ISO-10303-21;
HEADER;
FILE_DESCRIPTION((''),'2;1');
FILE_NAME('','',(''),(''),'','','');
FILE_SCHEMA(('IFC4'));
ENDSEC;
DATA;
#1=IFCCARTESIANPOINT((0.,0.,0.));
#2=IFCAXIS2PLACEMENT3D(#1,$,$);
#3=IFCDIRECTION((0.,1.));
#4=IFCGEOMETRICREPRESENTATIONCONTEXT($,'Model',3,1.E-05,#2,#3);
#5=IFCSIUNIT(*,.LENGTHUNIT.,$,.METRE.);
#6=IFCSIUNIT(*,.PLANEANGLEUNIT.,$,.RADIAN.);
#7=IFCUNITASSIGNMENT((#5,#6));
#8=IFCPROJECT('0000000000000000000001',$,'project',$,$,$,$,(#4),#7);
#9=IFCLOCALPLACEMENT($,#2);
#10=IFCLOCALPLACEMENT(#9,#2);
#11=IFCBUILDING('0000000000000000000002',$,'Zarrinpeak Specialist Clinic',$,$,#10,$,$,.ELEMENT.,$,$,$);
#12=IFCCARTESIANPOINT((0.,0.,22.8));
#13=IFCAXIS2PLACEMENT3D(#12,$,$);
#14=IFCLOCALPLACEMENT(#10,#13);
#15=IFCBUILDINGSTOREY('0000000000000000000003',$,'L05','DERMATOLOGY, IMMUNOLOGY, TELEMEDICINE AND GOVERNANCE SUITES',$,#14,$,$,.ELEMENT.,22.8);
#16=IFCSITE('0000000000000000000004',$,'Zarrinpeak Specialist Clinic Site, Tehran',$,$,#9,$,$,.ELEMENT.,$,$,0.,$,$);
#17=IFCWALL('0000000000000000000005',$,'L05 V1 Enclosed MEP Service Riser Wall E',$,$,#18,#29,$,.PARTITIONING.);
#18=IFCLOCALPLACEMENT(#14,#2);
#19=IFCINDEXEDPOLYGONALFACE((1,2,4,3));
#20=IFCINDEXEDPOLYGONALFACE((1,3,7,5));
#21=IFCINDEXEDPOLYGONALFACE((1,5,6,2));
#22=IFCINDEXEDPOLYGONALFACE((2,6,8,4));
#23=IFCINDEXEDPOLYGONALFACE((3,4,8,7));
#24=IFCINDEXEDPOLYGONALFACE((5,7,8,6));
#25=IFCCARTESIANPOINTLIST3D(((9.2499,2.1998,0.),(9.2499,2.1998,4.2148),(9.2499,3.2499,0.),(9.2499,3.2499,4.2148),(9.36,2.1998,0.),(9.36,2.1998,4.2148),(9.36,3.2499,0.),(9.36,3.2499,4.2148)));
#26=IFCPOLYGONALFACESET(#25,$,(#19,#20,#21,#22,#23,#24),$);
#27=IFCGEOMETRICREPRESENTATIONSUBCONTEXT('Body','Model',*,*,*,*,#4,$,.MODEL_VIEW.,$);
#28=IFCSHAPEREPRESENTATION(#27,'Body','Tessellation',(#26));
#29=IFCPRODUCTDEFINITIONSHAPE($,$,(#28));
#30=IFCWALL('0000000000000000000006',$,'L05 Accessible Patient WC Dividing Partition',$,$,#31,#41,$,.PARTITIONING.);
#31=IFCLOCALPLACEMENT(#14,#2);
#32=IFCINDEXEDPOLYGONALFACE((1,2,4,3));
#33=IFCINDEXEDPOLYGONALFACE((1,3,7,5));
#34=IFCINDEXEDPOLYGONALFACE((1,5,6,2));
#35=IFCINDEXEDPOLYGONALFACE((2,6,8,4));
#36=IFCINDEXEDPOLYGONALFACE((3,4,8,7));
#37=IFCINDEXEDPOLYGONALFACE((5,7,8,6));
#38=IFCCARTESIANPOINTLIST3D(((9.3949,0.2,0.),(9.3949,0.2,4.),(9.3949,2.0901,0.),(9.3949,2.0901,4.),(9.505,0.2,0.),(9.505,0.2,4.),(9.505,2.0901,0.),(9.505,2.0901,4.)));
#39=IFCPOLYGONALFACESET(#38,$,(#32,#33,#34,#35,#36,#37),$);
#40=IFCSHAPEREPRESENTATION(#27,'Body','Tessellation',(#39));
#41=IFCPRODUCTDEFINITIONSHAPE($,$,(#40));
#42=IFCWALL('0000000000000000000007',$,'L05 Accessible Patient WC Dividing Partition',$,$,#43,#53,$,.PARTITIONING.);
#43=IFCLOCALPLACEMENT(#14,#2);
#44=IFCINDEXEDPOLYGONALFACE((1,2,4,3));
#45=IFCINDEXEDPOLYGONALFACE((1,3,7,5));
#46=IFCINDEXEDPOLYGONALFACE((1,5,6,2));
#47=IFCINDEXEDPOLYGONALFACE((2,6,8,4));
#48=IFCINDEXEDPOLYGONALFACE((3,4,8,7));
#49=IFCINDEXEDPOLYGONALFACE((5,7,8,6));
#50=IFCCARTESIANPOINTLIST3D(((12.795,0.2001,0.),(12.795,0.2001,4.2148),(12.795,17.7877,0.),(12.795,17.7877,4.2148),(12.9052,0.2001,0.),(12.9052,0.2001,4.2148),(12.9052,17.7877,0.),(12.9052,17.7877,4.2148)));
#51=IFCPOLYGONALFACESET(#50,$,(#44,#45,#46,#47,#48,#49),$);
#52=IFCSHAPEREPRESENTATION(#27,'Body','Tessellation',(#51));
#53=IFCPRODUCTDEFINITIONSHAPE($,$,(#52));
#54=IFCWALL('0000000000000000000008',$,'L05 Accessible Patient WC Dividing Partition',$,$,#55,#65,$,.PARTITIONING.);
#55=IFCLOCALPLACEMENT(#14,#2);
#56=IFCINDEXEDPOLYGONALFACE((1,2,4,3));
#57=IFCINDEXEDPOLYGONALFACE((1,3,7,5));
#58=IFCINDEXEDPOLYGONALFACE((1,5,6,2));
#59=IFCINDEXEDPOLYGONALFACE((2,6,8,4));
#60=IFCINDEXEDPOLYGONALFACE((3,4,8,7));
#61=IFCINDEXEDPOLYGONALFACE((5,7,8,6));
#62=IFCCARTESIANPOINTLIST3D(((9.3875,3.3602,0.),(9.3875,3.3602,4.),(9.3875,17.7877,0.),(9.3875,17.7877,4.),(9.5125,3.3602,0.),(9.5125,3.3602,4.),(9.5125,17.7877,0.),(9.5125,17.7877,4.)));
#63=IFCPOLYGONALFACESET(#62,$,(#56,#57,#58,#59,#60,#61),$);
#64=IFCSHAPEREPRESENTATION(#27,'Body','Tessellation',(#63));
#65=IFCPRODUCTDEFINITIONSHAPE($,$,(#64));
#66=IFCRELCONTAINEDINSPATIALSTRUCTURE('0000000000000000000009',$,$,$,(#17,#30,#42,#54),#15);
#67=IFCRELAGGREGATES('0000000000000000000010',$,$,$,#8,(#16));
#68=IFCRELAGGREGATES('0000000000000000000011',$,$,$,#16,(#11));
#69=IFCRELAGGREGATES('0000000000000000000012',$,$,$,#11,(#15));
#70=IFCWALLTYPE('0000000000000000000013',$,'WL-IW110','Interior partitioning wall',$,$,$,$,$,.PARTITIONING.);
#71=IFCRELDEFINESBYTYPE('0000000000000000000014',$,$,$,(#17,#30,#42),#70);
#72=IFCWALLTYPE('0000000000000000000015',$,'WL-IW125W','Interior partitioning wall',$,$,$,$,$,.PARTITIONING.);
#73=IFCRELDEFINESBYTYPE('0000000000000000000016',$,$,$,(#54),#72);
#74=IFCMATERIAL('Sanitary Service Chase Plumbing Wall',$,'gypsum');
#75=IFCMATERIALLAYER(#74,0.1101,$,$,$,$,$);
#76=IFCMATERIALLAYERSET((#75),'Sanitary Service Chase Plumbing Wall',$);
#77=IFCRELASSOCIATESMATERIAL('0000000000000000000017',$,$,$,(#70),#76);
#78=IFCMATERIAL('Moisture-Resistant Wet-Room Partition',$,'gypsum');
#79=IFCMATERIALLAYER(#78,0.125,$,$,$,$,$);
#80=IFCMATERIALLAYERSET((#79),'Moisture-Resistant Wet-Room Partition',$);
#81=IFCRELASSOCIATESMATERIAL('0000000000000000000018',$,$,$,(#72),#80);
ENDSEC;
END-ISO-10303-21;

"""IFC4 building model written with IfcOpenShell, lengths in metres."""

from ifc_helpers import new_model, si_unit, direction, frame, frame_2d, origin, place, context, subcontext, project, spatial, rectangle, extrude, material, layer, layer_set, type_object, element, save


model = new_model("IFC4")

# Units and contexts
model_context = context("Model", 3, precision=1e-05, world=origin(), true_north=direction((0.0, 1.0)))
body_context = subcontext(model_context, "Body", "Model", "MODEL_VIEW")
ifc_project = project(units=[si_unit("LENGTHUNIT", "METRE"), si_unit("PLANEANGLEUNIT", "RADIAN")], contexts=[model_context])

# Site, building, storey
site_placement = place(None, origin())
site = spatial("IfcSite", under=ifc_project, at=site_placement, Name="Zarrinpeak Specialist Clinic Site, Tehran", CompositionType="ELEMENT", RefElevation=0.0)
building_placement = place(site_placement, origin())
building = spatial("IfcBuilding", under=site, at=building_placement, Name="Zarrinpeak Specialist Clinic", CompositionType="ELEMENT")
storey_placement = place(building_placement, frame((0.0, 0.0, 22.8)))
storey = spatial("IfcBuildingStorey", under=building, at=storey_placement, Name="L05", Description="DERMATOLOGY, IMMUNOLOGY, TELEMEDICINE AND GOVERNANCE SUITES", CompositionType="ELEMENT", Elevation=22.8)

# Walls
ifc_material_1 = material(Name="Sanitary Service Chase Plumbing Wall", Category="gypsum")
ifc_layer_1 = layer(ifc_material_1, 0.1101)
ifc_layer_set_1 = layer_set([ifc_layer_1], Name="Sanitary Service Chase Plumbing Wall")
wall_type_1 = type_object("IfcWallType", Name="WL-IW110", Description="Interior partitioning wall", PredefinedType="PARTITIONING", material=ifc_layer_set_1)
for number, where, z_axis, x_axis, name in (
    (1, (9.3049, 2.2, 0.0), (0.0, 0.0, 1.0), (0.0, 1.0, 0.0), "L05 V1 Enclosed MEP Service Riser Wall E"),
):
    element("IfcWall", number, at=place(storey_placement, frame(where, z_axis=z_axis, x_axis=x_axis)), inside=storey, type_object=wall_type_1, Name=name, PredefinedType="PARTITIONING", context=body_context, shape_type="SweptSolid", body=[
        extrude(rectangle(XDim=1.05, YDim=0.1101, at=frame_2d((0.5249, 0.0))), origin(), (0.0, 0.0, 1.0), 4.2148),
    ])
wall_1_placement = place(storey_placement, frame((9.45, 0.2, 0.0), z_axis=(0.0, 0.0, 1.0), x_axis=(0.0, 1.0, 0.0)))
element("IfcWall", 2, at=wall_1_placement, inside=storey, type_object=wall_type_1, Name="L05 Accessible Patient WC Dividing Partition", PredefinedType="PARTITIONING", context=body_context, shape_type="SweptSolid", body=[
    extrude(rectangle(XDim=1.8901, YDim=0.1101, at=frame_2d((0.9451, 0.0))), origin(), (0.0, 0.0, 1.0), 4.0),
])
wall_2_placement = place(storey_placement, frame((12.8501, 0.2, 0.0), z_axis=(0.0, 0.0, 1.0), x_axis=(0.0, 1.0, 0.0)))
element("IfcWall", 3, at=wall_2_placement, inside=storey, type_object=wall_type_1, Name="L05 Accessible Patient WC Dividing Partition", PredefinedType="PARTITIONING", context=body_context, shape_type="SweptSolid", body=[
    extrude(rectangle(XDim=17.5876, YDim=0.1101, at=frame_2d((8.7939, 0.0))), origin(), (0.0, 0.0, 1.0), 4.2148),
])
ifc_material_2 = material(Name="Moisture-Resistant Wet-Room Partition", Category="gypsum")
ifc_layer_2 = layer(ifc_material_2, 0.125)
ifc_layer_set_2 = layer_set([ifc_layer_2], Name="Moisture-Resistant Wet-Room Partition")
wall_type_2 = type_object("IfcWallType", Name="WL-IW125W", Description="Interior partitioning wall", PredefinedType="PARTITIONING", material=ifc_layer_set_2)
wall_3_placement = place(storey_placement, frame((9.45, 3.3601, 0.0), z_axis=(0.0, 0.0, 1.0), x_axis=(0.0, 1.0, 0.0)))
element("IfcWall", 4, at=wall_3_placement, inside=storey, type_object=wall_type_2, Name="L05 Accessible Patient WC Dividing Partition", PredefinedType="PARTITIONING", context=body_context, shape_type="SweptSolid", body=[
    extrude(rectangle(XDim=14.4275, YDim=0.125, at=frame_2d((7.2139, 0.0))), origin(), (0.0, 0.0, 1.0), 4.0),
])

save(model, "model.ifc")
